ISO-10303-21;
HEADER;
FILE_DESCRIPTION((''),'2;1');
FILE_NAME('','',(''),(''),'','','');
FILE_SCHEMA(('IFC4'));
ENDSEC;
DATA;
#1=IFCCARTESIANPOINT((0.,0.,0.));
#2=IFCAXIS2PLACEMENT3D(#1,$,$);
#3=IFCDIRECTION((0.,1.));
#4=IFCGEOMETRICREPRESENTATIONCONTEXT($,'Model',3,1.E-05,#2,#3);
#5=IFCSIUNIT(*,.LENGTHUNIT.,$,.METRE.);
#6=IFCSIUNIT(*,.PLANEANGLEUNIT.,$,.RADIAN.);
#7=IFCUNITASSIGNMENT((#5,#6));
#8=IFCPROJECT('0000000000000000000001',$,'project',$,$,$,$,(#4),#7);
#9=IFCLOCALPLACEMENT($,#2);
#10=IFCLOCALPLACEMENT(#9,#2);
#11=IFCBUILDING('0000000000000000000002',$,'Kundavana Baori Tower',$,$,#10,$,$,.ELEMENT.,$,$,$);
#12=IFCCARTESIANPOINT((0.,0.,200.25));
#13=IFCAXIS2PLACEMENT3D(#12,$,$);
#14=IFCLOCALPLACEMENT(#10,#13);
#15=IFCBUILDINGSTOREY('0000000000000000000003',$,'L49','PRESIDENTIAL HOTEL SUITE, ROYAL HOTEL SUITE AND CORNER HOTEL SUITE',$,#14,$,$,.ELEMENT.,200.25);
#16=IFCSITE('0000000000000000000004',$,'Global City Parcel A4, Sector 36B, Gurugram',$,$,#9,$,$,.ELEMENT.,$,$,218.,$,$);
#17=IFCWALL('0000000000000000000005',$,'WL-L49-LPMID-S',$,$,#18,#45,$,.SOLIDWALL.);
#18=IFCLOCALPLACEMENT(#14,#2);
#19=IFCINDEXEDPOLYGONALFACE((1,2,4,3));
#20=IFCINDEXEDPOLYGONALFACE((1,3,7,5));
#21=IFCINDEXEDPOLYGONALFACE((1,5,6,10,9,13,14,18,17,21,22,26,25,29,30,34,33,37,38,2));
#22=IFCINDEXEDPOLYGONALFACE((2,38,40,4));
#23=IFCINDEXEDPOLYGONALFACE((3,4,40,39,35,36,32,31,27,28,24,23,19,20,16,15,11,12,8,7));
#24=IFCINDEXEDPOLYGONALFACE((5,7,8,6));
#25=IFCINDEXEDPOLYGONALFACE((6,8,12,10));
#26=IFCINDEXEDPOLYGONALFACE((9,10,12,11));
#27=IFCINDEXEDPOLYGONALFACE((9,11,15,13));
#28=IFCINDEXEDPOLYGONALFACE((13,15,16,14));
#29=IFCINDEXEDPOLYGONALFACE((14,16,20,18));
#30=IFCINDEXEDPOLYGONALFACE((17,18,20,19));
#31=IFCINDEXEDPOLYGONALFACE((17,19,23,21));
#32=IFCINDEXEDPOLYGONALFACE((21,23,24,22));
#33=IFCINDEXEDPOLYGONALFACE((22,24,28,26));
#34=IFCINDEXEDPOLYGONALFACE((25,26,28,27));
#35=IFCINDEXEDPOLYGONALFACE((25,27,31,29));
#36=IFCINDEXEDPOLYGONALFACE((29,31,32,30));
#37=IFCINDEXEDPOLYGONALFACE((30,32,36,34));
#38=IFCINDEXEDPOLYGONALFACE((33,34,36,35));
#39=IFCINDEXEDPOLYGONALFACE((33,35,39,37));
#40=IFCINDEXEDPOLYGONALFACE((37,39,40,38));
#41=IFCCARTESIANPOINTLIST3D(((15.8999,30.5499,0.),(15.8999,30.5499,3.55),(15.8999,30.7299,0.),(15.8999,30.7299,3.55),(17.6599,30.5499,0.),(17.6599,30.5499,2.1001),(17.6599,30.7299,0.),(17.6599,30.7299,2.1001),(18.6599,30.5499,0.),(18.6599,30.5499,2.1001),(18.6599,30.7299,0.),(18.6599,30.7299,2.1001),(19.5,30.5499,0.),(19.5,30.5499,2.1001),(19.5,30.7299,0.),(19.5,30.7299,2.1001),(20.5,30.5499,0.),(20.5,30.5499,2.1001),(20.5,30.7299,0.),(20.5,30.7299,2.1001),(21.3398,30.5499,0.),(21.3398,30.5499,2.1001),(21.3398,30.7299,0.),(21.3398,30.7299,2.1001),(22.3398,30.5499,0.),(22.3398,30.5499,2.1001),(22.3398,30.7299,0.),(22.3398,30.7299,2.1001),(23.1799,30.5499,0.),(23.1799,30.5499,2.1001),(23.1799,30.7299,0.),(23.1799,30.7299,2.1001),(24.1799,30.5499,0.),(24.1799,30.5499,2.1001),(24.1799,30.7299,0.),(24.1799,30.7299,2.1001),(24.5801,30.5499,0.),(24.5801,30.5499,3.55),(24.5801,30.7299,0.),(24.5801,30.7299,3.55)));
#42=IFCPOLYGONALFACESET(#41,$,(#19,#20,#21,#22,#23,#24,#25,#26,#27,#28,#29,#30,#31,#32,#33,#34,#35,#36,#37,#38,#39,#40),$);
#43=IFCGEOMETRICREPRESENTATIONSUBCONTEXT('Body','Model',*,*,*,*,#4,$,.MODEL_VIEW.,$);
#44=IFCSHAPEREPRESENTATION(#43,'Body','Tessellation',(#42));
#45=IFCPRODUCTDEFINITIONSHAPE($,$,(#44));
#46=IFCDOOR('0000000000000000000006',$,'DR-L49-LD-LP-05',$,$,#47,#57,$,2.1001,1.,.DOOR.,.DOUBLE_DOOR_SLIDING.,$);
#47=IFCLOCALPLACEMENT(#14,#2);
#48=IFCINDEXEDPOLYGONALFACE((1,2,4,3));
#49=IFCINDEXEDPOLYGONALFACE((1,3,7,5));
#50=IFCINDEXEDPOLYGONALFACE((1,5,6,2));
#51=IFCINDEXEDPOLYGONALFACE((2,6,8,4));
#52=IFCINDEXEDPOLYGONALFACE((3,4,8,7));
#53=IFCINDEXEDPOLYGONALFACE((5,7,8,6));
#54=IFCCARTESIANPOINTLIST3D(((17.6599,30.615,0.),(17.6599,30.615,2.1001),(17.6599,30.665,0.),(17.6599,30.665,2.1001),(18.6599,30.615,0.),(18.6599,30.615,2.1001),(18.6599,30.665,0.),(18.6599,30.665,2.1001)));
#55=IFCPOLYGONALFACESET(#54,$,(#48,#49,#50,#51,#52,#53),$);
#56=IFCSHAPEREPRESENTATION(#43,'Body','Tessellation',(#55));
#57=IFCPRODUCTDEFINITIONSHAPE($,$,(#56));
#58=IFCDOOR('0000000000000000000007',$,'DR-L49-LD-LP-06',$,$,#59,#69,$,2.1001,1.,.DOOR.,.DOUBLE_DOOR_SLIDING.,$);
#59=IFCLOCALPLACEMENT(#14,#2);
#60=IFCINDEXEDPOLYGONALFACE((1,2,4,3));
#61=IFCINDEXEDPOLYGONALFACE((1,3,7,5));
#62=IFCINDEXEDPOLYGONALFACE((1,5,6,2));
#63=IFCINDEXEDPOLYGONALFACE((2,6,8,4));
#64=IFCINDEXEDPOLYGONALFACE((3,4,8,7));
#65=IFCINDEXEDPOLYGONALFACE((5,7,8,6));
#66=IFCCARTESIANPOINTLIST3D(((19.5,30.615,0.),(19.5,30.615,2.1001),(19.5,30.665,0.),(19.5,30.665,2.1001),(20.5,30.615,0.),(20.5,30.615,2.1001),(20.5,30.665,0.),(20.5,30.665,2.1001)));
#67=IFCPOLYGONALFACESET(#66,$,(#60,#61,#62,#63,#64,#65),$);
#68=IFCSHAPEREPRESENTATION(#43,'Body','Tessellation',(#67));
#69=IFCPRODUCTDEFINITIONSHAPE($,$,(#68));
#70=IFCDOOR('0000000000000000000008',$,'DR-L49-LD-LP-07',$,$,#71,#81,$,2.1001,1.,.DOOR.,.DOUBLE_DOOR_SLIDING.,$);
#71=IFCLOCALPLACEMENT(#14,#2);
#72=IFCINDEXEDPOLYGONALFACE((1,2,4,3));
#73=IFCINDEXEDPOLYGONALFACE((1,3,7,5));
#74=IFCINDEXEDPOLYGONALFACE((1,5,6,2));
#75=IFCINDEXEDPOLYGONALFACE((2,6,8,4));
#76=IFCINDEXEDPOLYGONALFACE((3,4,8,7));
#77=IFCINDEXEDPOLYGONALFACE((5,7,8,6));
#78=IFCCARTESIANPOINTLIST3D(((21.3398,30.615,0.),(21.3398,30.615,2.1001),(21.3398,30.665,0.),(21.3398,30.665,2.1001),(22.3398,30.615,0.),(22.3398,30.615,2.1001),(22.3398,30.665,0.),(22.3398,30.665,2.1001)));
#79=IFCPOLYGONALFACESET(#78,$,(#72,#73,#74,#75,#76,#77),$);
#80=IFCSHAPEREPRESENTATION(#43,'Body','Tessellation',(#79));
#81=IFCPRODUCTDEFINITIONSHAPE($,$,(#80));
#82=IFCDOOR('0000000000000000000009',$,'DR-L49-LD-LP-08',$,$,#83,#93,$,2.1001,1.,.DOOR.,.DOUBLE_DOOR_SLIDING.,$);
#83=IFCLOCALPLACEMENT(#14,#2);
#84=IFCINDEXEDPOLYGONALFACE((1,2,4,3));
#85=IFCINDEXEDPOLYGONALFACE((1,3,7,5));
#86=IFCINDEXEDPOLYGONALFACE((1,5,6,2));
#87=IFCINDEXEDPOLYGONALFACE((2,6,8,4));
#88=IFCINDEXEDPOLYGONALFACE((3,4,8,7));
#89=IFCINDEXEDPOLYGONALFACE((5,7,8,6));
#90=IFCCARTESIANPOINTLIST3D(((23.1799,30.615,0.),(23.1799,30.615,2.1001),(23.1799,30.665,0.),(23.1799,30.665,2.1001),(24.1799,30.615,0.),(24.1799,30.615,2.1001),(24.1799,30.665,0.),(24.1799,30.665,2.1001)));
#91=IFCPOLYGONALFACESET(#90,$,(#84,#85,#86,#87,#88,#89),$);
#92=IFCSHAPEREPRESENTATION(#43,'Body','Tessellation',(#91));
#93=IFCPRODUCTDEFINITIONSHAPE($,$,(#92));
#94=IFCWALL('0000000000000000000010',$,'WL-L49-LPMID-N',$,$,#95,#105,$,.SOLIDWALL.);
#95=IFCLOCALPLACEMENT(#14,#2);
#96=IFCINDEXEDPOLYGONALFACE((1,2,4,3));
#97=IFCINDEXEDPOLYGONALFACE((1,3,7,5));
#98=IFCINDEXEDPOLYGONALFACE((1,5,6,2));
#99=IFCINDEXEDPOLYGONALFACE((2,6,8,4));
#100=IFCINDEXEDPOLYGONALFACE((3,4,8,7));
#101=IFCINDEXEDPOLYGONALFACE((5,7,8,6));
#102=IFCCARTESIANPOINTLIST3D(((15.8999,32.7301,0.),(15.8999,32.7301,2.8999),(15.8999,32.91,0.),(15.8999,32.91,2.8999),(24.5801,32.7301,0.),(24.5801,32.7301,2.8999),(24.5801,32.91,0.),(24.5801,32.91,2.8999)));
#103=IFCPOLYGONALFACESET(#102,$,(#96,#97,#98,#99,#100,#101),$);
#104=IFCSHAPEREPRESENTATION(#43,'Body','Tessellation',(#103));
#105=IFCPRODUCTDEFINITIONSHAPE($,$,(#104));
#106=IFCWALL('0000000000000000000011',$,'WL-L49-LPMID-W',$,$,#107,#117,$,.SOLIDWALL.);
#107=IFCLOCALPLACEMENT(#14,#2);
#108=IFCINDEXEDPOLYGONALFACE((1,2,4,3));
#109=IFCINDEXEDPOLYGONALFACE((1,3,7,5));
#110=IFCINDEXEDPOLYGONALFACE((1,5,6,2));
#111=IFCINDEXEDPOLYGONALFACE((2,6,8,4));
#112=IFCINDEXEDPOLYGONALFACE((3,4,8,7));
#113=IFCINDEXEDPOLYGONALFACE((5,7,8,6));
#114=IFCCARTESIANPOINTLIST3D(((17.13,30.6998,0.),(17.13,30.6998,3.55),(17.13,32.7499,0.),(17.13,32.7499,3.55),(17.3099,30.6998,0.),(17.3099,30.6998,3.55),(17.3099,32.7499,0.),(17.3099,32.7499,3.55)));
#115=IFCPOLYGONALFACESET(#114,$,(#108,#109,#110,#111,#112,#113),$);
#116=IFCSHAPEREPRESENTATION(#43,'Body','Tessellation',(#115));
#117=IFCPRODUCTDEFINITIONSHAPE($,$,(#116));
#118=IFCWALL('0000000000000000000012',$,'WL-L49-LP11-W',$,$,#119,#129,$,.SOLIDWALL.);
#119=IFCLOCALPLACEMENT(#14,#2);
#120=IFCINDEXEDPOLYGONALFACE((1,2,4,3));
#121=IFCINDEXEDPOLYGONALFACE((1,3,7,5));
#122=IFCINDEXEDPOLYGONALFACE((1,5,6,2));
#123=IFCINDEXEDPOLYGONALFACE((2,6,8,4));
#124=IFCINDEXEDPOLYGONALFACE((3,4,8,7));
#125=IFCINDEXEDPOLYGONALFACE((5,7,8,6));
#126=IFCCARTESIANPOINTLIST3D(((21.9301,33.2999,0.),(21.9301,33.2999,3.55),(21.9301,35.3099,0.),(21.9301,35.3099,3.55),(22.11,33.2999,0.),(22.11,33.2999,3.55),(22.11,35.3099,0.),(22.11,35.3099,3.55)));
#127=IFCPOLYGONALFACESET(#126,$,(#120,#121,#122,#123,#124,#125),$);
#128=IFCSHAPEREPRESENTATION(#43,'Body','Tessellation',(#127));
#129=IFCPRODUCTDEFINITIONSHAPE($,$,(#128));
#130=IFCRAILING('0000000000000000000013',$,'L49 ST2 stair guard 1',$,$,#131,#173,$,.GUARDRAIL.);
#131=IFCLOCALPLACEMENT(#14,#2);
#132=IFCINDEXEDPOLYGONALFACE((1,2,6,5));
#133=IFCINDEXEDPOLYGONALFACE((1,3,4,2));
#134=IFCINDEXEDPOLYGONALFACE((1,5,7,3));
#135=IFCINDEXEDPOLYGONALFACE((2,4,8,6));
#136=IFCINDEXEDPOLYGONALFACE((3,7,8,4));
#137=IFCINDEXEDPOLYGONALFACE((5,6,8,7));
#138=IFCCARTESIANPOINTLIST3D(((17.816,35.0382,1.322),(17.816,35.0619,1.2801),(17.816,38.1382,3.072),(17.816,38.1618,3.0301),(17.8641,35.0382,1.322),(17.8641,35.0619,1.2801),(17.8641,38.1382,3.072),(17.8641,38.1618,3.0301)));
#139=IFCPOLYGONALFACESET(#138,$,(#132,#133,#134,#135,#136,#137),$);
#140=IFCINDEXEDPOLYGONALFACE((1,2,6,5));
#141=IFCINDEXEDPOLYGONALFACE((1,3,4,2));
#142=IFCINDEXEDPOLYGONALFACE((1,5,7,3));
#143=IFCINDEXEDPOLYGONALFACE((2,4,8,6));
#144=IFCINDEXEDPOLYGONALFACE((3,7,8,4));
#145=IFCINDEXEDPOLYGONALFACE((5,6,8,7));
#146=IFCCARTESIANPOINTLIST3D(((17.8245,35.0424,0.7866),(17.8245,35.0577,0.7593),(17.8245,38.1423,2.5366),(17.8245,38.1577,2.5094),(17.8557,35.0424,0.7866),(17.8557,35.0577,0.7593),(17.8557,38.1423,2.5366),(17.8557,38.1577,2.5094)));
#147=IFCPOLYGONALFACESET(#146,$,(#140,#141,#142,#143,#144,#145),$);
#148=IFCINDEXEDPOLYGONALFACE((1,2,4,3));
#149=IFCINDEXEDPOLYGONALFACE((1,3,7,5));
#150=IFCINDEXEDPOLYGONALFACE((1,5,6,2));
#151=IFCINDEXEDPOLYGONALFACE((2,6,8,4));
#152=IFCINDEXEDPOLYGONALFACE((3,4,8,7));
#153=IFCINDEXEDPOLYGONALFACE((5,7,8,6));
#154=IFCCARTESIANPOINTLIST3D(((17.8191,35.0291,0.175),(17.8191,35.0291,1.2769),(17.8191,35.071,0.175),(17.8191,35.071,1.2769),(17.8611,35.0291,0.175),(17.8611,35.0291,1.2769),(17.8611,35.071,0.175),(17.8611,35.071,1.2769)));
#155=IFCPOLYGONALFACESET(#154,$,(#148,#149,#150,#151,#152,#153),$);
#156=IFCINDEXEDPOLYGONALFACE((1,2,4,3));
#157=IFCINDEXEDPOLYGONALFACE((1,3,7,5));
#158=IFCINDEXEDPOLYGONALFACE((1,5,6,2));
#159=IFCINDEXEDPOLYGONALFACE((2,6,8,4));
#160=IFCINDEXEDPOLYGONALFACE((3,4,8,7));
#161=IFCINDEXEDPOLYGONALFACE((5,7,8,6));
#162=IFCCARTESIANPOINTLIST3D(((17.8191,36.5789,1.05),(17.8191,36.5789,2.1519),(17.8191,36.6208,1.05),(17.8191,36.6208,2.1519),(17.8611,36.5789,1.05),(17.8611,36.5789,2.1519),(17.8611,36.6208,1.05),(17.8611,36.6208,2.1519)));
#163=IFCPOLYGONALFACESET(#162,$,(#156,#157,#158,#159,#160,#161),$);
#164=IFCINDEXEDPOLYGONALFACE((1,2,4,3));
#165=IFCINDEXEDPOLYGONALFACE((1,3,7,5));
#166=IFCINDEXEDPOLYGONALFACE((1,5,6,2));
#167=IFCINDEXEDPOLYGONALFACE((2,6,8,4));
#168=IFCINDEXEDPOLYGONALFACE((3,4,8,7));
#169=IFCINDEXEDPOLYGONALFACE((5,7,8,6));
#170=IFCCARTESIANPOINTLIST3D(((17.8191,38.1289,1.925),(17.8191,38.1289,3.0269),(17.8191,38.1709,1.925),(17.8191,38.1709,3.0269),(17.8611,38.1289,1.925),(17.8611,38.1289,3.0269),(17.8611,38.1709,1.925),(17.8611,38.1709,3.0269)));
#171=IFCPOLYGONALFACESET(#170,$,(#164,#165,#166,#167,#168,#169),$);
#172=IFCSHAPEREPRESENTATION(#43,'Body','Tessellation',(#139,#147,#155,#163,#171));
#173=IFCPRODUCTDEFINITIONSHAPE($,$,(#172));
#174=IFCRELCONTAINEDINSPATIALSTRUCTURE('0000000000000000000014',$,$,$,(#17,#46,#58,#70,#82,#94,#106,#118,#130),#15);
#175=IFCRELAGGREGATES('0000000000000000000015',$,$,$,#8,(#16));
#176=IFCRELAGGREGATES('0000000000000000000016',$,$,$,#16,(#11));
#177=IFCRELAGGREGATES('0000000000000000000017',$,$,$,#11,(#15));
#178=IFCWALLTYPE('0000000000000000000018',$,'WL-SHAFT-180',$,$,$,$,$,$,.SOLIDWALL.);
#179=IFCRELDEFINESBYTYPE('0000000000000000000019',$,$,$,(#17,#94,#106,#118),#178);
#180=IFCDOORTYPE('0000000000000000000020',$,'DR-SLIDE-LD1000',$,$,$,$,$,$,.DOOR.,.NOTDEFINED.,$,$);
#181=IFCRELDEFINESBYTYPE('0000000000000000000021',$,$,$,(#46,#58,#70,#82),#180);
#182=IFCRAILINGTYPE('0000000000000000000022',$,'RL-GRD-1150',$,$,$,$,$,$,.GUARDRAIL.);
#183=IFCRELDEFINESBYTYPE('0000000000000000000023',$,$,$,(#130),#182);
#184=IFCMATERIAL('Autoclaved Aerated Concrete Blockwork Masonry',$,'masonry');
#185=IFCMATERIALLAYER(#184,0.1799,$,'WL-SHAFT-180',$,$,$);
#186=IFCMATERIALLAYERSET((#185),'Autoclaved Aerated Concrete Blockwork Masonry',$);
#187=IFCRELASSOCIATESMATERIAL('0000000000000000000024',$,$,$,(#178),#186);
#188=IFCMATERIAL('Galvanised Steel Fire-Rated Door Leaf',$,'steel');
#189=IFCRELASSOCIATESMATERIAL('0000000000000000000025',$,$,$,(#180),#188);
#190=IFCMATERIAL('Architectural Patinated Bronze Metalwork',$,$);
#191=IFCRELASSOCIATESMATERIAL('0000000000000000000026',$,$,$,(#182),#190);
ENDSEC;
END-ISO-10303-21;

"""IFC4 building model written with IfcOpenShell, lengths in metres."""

from ifc_helpers import new_model, si_unit, direction, frame, frame_2d, origin, origin_2d, place, context, subcontext, project, spatial, rectangle, extrude, material, layer, layer_set, type_object, element, fill, save


model = new_model("IFC4")

# Units and contexts
model_context = context("Model", 3, precision=1e-05, world=origin(), true_north=direction((0.0, 1.0)))
body_context = subcontext(model_context, "Body", "Model", "MODEL_VIEW")
ifc_project = project(units=[si_unit("LENGTHUNIT", "METRE"), si_unit("PLANEANGLEUNIT", "RADIAN")], contexts=[model_context])

# Site, building, storey
site_placement = place(None, origin())
site = spatial("IfcSite", under=ifc_project, at=site_placement, Name="Global City Parcel A4, Sector 36B, Gurugram", CompositionType="ELEMENT", RefElevation=218.0)
building_placement = place(site_placement, origin())
building = spatial("IfcBuilding", under=site, at=building_placement, Name="Kundavana Baori Tower", CompositionType="ELEMENT")
storey_placement = place(building_placement, frame((0.0, 0.0, 200.25)))
storey = spatial("IfcBuildingStorey", under=building, at=storey_placement, Name="L49", Description="PRESIDENTIAL HOTEL SUITE, ROYAL HOTEL SUITE AND CORNER HOTEL SUITE", CompositionType="ELEMENT", Elevation=200.25)

# Shared definitions
ifc_material_1 = material(Name="Autoclaved Aerated Concrete Blockwork Masonry", Category="masonry")
ifc_layer_1 = layer(ifc_material_1, 0.1799, Name="WL-SHAFT-180")
ifc_layer_set_1 = layer_set([ifc_layer_1], Name="Autoclaved Aerated Concrete Blockwork Masonry")
wall_type_1 = type_object("IfcWallType", Name="WL-SHAFT-180", PredefinedType="SOLIDWALL", material=ifc_layer_set_1)

# Wall, openings, doors
wall_1_placement = place(storey_placement, frame((15.8999, 30.6399, 0.0), z_axis=(0.0, 0.0, 1.0), x_axis=(1.0, 0.0, 0.0)))
wall_1 = element("IfcWall", 1, at=wall_1_placement, inside=storey, type_object=wall_type_1, Name="WL-L49-LPMID-S", PredefinedType="SOLIDWALL", context=body_context, shape_type="SweptSolid", body=[
    extrude(rectangle(XDim=8.6802, YDim=0.1799, at=frame_2d((4.3401, 0.0))), origin(), (0.0, 0.0, 1.0), 3.55),
])
opening_1_placement = place(wall_1_placement, frame((1.76, 0.0, 0.0)))
opening_1 = element("IfcOpeningElement", 2, at=opening_1_placement, cuts=wall_1, PredefinedType="OPENING", context=body_context, shape_type="SweptSolid", body=[
    extrude(rectangle(XDim=1.0, YDim=2.1001, at=frame_2d((0.5, 1.05))), frame((0.0, 0.1001, 0.0), z_axis=(0.0, -1.0, 0.0), x_axis=(1.0, 0.0, 0.0)), (0.0, 0.0, 1.0), 0.2),
])
opening_2_placement = place(wall_1_placement, frame((3.6001, 0.0, 0.0)))
opening_2 = element("IfcOpeningElement", 3, at=opening_2_placement, cuts=wall_1, PredefinedType="OPENING", context=body_context, shape_type="SweptSolid", body=[
    extrude(rectangle(XDim=1.0, YDim=2.1001, at=frame_2d((0.5, 1.05))), frame((0.0, 0.1001, 0.0), z_axis=(0.0, -1.0, 0.0), x_axis=(1.0, 0.0, 0.0)), (0.0, 0.0, 1.0), 0.2),
])
opening_3_placement = place(wall_1_placement, frame((5.4399, 0.0, 0.0)))
opening_3 = element("IfcOpeningElement", 4, at=opening_3_placement, cuts=wall_1, PredefinedType="OPENING", context=body_context, shape_type="SweptSolid", body=[
    extrude(rectangle(XDim=1.0, YDim=2.1001, at=frame_2d((0.5, 1.05))), frame((0.0, 0.1001, 0.0), z_axis=(0.0, -1.0, 0.0), x_axis=(1.0, 0.0, 0.0)), (0.0, 0.0, 1.0), 0.2),
])
opening_4_placement = place(wall_1_placement, frame((7.28, 0.0, 0.0)))
opening_4 = element("IfcOpeningElement", 5, at=opening_4_placement, cuts=wall_1, PredefinedType="OPENING", context=body_context, shape_type="SweptSolid", body=[
    extrude(rectangle(XDim=1.0, YDim=2.1001, at=frame_2d((0.5, 1.05))), frame((0.0, 0.1001, 0.0), z_axis=(0.0, -1.0, 0.0), x_axis=(1.0, 0.0, 0.0)), (0.0, 0.0, 1.0), 0.2),
])
ifc_material_2 = material(Name="Galvanised Steel Fire-Rated Door Leaf", Category="steel")
door_type_1 = type_object("IfcDoorType", Name="DR-SLIDE-LD1000", OperationType="NOTDEFINED", PredefinedType="DOOR", material=ifc_material_2)
door_1_placement = place(opening_1_placement, frame((1.0, 0.0, 0.0), z_axis=(0.0, 0.0, 1.0), x_axis=(-1.0, 0.0, 0.0)))
door_1 = element("IfcDoor", 6, at=door_1_placement, inside=storey, type_object=door_type_1, Name="DR-L49-LD-LP-05", OperationType="DOUBLE_DOOR_SLIDING", OverallHeight=2.1001, OverallWidth=1.0, PredefinedType="DOOR", context=body_context, shape_type="SweptSolid", body=[
    extrude(rectangle(XDim=1.0, YDim=2.1001, at=frame_2d((0.5, 1.05))), frame((0.0, 0.0249, 0.0), z_axis=(0.0, -1.0, 0.0), x_axis=(1.0, 0.0, 0.0)), (0.0, 0.0, 1.0), 0.05),
])
fill(opening_1, door_1)
door_2_placement = place(opening_2_placement, frame((1.0, 0.0, 0.0), z_axis=(0.0, 0.0, 1.0), x_axis=(-1.0, 0.0, 0.0)))
door_2 = element("IfcDoor", 7, at=door_2_placement, inside=storey, type_object=door_type_1, Name="DR-L49-LD-LP-06", OperationType="DOUBLE_DOOR_SLIDING", OverallHeight=2.1001, OverallWidth=1.0, PredefinedType="DOOR", context=body_context, shape_type="SweptSolid", body=[
    extrude(rectangle(XDim=1.0, YDim=2.1001, at=frame_2d((0.5, 1.05))), frame((0.0, 0.0249, 0.0), z_axis=(0.0, -1.0, 0.0), x_axis=(1.0, 0.0, 0.0)), (0.0, 0.0, 1.0), 0.05),
])
fill(opening_2, door_2)
door_3_placement = place(opening_3_placement, frame((1.0, 0.0, 0.0), z_axis=(0.0, 0.0, 1.0), x_axis=(-1.0, 0.0, 0.0)))
door_3 = element("IfcDoor", 8, at=door_3_placement, inside=storey, type_object=door_type_1, Name="DR-L49-LD-LP-07", OperationType="DOUBLE_DOOR_SLIDING", OverallHeight=2.1001, OverallWidth=1.0, PredefinedType="DOOR", context=body_context, shape_type="SweptSolid", body=[
    extrude(rectangle(XDim=1.0, YDim=2.1001, at=frame_2d((0.5, 1.05))), frame((0.0, 0.0249, 0.0), z_axis=(0.0, -1.0, 0.0), x_axis=(1.0, 0.0, 0.0)), (0.0, 0.0, 1.0), 0.05),
])
fill(opening_3, door_3)
door_4_placement = place(opening_4_placement, frame((1.0, 0.0, 0.0), z_axis=(0.0, 0.0, 1.0), x_axis=(-1.0, 0.0, 0.0)))
door_4 = element("IfcDoor", 9, at=door_4_placement, inside=storey, type_object=door_type_1, Name="DR-L49-LD-LP-08", OperationType="DOUBLE_DOOR_SLIDING", OverallHeight=2.1001, OverallWidth=1.0, PredefinedType="DOOR", context=body_context, shape_type="SweptSolid", body=[
    extrude(rectangle(XDim=1.0, YDim=2.1001, at=frame_2d((0.5, 1.05))), frame((0.0, 0.0249, 0.0), z_axis=(0.0, -1.0, 0.0), x_axis=(1.0, 0.0, 0.0)), (0.0, 0.0, 1.0), 0.05),
])
fill(opening_4, door_4)

# Walls
wall_2_placement = place(storey_placement, frame((15.8999, 32.8201, 0.0), z_axis=(0.0, 0.0, 1.0), x_axis=(1.0, 0.0, 0.0)))
element("IfcWall", 10, at=wall_2_placement, inside=storey, type_object=wall_type_1, Name="WL-L49-LPMID-N", PredefinedType="SOLIDWALL", context=body_context, shape_type="SweptSolid", body=[
    extrude(rectangle(XDim=8.6802, YDim=0.1799, at=frame_2d((4.3401, 0.0))), origin(), (0.0, 0.0, 1.0), 2.8999),
])
wall_3_placement = place(storey_placement, frame((17.22, 30.7, 0.0), z_axis=(0.0, 0.0, 1.0), x_axis=(0.0, 1.0, 0.0)))
element("IfcWall", 11, at=wall_3_placement, inside=storey, type_object=wall_type_1, Name="WL-L49-LPMID-W", PredefinedType="SOLIDWALL", context=body_context, shape_type="SweptSolid", body=[
    extrude(rectangle(XDim=2.05, YDim=0.1799, at=frame_2d((1.0249, 0.0))), origin(), (0.0, 0.0, 1.0), 3.55),
])
wall_4_placement = place(storey_placement, frame((22.02, 33.3, 0.0), z_axis=(0.0, 0.0, 1.0), x_axis=(0.0, 1.0, 0.0)))
element("IfcWall", 12, at=wall_4_placement, inside=storey, type_object=wall_type_1, Name="WL-L49-LP11-W", PredefinedType="SOLIDWALL", context=body_context, shape_type="SweptSolid", body=[
    extrude(rectangle(XDim=2.01, YDim=0.1799, at=frame_2d((1.0049, 0.0))), origin(), (0.0, 0.0, 1.0), 3.55),
])

# Railing
ifc_material_3 = material(Name="Architectural Patinated Bronze Metalwork")
railing_type = type_object("IfcRailingType", Name="RL-GRD-1150", PredefinedType="GUARDRAIL", material=ifc_material_3)
railing_1_placement = place(storey_placement, frame((17.8401, 35.05, 0.175)))
element("IfcRailing", 13, at=railing_1_placement, inside=storey, type_object=railing_type, Name="L49 ST2 stair guard 1", PredefinedType="GUARDRAIL", context=body_context, shape_type="SweptSolid", body=[
    extrude(rectangle(XDim=0.0481, YDim=0.0481, at=origin_2d()), frame((0.0, 0.0, 1.126), z_axis=(0.0, 0.870814, 0.491612), x_axis=(-1.0, 0.0, 0.0)), (0.0, 0.0, 1.0), 3.5598),
    extrude(rectangle(XDim=0.0312, YDim=0.0312, at=origin_2d()), frame((0.0, 0.0, 0.5979), z_axis=(0.0, 0.870814, 0.491612), x_axis=(-1.0, 0.0, 0.0)), (0.0, 0.0, 1.0), 3.5598),
    extrude(rectangle(XDim=0.042, YDim=0.042, at=origin_2d()), origin(), (0.0, 0.0, 1.0), 1.1018),
    extrude(rectangle(XDim=0.042, YDim=0.042, at=origin_2d()), frame((0.0, 1.5498, 0.875)), (0.0, 0.0, 1.0), 1.1018),
    extrude(rectangle(XDim=0.042, YDim=0.042, at=origin_2d()), frame((0.0, 3.0999, 1.75)), (0.0, 0.0, 1.0), 1.1018),
])

save(model, "model.ifc")
